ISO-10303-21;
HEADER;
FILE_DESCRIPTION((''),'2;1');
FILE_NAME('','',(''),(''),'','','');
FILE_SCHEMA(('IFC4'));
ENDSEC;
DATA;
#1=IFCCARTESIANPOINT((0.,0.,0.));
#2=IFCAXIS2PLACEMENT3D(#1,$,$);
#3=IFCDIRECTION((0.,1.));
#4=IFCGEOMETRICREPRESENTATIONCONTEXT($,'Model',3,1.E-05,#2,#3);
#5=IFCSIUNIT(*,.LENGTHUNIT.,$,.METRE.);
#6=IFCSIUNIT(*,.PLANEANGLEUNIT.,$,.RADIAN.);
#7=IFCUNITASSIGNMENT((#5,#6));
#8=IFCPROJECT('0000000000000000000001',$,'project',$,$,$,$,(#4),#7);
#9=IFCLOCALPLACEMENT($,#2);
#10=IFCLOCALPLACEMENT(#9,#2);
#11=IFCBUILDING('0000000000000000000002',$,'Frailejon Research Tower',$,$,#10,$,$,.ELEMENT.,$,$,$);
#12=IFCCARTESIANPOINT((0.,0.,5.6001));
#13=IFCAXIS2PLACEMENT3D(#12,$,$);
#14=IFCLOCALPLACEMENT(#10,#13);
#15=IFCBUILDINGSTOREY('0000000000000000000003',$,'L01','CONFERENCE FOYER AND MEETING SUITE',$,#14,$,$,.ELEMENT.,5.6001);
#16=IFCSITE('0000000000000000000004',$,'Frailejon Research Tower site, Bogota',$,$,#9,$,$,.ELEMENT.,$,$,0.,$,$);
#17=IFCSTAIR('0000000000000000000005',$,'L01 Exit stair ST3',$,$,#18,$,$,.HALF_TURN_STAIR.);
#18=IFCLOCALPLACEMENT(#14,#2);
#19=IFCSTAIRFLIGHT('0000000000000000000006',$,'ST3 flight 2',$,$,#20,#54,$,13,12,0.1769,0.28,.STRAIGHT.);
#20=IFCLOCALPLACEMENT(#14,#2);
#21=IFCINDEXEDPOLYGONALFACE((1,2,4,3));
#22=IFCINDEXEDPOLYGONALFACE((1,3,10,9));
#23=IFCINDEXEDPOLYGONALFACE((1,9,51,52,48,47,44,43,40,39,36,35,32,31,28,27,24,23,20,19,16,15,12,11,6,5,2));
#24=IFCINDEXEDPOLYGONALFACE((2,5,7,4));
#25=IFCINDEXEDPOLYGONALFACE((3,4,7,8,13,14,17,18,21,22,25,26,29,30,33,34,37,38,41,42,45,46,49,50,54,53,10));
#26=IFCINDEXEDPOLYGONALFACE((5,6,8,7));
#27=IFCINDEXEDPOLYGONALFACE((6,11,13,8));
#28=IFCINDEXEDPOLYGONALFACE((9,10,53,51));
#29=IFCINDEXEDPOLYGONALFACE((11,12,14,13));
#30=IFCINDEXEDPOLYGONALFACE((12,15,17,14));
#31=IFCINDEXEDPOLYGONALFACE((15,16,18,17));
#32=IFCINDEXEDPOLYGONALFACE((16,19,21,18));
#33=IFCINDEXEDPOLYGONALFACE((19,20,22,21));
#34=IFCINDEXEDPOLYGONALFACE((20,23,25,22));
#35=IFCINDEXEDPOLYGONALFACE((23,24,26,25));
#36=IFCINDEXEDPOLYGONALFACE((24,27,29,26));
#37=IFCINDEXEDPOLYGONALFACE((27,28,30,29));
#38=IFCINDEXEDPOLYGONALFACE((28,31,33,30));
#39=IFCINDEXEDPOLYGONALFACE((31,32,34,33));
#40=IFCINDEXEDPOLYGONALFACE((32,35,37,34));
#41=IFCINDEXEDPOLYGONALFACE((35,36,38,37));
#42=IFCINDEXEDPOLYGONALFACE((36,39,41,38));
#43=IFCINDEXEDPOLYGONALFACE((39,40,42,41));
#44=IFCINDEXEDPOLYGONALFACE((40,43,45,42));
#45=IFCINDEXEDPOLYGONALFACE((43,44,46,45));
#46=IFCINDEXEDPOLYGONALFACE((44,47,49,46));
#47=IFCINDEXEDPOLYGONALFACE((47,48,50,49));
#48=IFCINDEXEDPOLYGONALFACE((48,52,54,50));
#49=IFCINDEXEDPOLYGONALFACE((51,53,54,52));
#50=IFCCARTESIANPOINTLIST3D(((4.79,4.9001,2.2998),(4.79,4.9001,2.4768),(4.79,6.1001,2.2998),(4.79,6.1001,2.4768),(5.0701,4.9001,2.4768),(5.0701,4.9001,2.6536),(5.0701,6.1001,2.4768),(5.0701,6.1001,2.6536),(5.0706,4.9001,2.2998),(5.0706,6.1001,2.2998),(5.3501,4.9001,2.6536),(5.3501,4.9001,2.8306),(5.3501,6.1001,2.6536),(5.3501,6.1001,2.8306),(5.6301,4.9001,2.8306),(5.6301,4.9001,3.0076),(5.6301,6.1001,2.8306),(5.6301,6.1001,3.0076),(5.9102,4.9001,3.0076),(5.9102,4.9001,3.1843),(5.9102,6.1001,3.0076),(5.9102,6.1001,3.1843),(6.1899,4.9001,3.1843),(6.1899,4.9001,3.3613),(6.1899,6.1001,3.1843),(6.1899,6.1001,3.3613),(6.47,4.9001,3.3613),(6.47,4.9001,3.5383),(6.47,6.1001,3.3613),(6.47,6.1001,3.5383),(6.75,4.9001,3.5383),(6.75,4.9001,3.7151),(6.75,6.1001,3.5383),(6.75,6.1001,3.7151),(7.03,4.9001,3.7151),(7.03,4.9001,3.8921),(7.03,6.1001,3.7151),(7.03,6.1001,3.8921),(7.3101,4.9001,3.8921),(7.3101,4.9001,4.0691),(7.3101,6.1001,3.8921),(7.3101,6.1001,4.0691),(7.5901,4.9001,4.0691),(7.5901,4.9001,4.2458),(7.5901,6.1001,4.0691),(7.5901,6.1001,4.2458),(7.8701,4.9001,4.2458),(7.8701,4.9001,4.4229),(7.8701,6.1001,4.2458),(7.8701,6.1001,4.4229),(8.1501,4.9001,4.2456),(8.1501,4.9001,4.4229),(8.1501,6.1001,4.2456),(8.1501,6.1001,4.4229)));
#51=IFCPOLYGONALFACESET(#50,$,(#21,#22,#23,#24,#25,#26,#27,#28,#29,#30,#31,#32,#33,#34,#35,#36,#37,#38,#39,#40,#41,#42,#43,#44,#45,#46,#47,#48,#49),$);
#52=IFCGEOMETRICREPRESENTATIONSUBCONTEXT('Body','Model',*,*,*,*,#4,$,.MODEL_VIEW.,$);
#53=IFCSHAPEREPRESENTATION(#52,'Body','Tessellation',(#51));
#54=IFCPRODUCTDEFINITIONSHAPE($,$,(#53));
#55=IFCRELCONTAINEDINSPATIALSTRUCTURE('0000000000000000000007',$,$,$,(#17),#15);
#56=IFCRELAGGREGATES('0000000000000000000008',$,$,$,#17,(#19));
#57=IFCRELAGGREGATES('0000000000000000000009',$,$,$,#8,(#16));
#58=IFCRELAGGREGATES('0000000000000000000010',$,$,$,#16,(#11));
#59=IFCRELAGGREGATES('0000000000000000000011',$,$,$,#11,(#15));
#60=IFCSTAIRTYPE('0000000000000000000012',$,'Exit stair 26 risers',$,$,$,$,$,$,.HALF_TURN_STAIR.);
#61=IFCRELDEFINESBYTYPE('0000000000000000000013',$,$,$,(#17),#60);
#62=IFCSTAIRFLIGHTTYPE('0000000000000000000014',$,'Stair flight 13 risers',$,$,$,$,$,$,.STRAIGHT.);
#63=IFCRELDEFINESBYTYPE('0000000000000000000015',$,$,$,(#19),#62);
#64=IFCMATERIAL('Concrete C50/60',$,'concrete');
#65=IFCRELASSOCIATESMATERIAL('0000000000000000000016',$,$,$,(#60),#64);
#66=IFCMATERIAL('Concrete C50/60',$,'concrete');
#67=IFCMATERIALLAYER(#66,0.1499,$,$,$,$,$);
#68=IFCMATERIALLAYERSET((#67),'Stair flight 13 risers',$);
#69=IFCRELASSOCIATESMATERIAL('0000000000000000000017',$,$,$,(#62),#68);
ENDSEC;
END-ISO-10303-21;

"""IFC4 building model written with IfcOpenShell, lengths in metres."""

from ifc_helpers import new_model, si_unit, direction, frame, origin, place, context, subcontext, project, spatial, polyline, outline, extrude, material, layer, layer_set, type_object, element, aggregate, save


model = new_model("IFC4")

# Units and contexts
model_context = context("Model", 3, precision=1e-05, world=origin(), true_north=direction((0.0, 1.0)))
body_context = subcontext(model_context, "Body", "Model", "MODEL_VIEW")
ifc_project = project(units=[si_unit("LENGTHUNIT", "METRE"), si_unit("PLANEANGLEUNIT", "RADIAN")], contexts=[model_context])

# Site, building, storey
site_placement = place(None, origin())
site = spatial("IfcSite", under=ifc_project, at=site_placement, Name="Frailejon Research Tower site, Bogota", CompositionType="ELEMENT", RefElevation=0.0)
building_placement = place(site_placement, origin())
building = spatial("IfcBuilding", under=site, at=building_placement, Name="Frailejon Research Tower", CompositionType="ELEMENT")
storey_placement = place(building_placement, frame((0.0, 0.0, 5.6001)))
storey = spatial("IfcBuildingStorey", under=building, at=storey_placement, Name="L01", Description="CONFERENCE FOYER AND MEETING SUITE", CompositionType="ELEMENT", Elevation=5.6001)

# Stair, stair flight
ifc_material_1 = material(Name="Concrete C50/60", Category="concrete")
stair_type = type_object("IfcStairType", Name="Exit stair 26 risers", PredefinedType="HALF_TURN_STAIR", material=ifc_material_1)
ifc_material_2 = material(Name="Concrete C50/60", Category="concrete")
ifc_layer_1 = layer(ifc_material_2, 0.1499)
ifc_layer_set_1 = layer_set([ifc_layer_1], Name="Stair flight 13 risers")
stair_flight_type = type_object("IfcStairFlightType", Name="Stair flight 13 risers", PredefinedType="STRAIGHT", material=ifc_layer_set_1)
stair_1_placement = place(storey_placement, origin())
stair_1 = element("IfcStair", 1, at=stair_1_placement, inside=storey, type_object=stair_type, Name="L01 Exit stair ST3", PredefinedType="HALF_TURN_STAIR")
stair_flight_1_placement = place(storey_placement, frame((4.79, 5.5, 2.2998), z_axis=(0.0, 0.0, 1.0), x_axis=(1.0, 0.0, 0.0)))
stair_flight_1 = element("IfcStairFlight", 2, at=stair_flight_1_placement, type_object=stair_flight_type, Name="ST3 flight 2", NumberOfRisers=13, NumberOfTreads=12, PredefinedType="STRAIGHT", RiserHeight=0.1769, TreadLength=0.28, context=body_context, shape_type="SweptSolid", body=[
    extrude(outline(polyline([(0.0, 0.0), (0.0, 0.177), (0.28, 0.177), (0.28, 0.3538), (0.5601, 0.3538), (0.5601, 0.5308), (0.8401, 0.5308), (0.8401, 0.7078), (1.1201, 0.7078), (1.1201, 0.8845), (1.3999, 0.8845), (1.3999, 1.0615), (1.6799, 1.0615), (1.6799, 1.2385), (1.96, 1.2385), (1.96, 1.4153), (2.24, 1.4153), (2.24, 1.5923), (2.52, 1.5923), (2.52, 1.7693), (2.8, 1.7693), (2.8, 1.946), (3.0801, 1.946), (3.0801, 2.123), (3.3601, 2.123), (3.3601, 2.3), (3.3601, 1.9458), (0.2805, 0.0), (0.0, 0.0)])), frame((0.0, 0.6001, 0.0), z_axis=(0.0, -1.0, 0.0), x_axis=(1.0, 0.0, 0.0)), (0.0, 0.0, 1.0), 1.2),
])
aggregate(stair_1, [stair_flight_1])

save(model, "model.ifc")
